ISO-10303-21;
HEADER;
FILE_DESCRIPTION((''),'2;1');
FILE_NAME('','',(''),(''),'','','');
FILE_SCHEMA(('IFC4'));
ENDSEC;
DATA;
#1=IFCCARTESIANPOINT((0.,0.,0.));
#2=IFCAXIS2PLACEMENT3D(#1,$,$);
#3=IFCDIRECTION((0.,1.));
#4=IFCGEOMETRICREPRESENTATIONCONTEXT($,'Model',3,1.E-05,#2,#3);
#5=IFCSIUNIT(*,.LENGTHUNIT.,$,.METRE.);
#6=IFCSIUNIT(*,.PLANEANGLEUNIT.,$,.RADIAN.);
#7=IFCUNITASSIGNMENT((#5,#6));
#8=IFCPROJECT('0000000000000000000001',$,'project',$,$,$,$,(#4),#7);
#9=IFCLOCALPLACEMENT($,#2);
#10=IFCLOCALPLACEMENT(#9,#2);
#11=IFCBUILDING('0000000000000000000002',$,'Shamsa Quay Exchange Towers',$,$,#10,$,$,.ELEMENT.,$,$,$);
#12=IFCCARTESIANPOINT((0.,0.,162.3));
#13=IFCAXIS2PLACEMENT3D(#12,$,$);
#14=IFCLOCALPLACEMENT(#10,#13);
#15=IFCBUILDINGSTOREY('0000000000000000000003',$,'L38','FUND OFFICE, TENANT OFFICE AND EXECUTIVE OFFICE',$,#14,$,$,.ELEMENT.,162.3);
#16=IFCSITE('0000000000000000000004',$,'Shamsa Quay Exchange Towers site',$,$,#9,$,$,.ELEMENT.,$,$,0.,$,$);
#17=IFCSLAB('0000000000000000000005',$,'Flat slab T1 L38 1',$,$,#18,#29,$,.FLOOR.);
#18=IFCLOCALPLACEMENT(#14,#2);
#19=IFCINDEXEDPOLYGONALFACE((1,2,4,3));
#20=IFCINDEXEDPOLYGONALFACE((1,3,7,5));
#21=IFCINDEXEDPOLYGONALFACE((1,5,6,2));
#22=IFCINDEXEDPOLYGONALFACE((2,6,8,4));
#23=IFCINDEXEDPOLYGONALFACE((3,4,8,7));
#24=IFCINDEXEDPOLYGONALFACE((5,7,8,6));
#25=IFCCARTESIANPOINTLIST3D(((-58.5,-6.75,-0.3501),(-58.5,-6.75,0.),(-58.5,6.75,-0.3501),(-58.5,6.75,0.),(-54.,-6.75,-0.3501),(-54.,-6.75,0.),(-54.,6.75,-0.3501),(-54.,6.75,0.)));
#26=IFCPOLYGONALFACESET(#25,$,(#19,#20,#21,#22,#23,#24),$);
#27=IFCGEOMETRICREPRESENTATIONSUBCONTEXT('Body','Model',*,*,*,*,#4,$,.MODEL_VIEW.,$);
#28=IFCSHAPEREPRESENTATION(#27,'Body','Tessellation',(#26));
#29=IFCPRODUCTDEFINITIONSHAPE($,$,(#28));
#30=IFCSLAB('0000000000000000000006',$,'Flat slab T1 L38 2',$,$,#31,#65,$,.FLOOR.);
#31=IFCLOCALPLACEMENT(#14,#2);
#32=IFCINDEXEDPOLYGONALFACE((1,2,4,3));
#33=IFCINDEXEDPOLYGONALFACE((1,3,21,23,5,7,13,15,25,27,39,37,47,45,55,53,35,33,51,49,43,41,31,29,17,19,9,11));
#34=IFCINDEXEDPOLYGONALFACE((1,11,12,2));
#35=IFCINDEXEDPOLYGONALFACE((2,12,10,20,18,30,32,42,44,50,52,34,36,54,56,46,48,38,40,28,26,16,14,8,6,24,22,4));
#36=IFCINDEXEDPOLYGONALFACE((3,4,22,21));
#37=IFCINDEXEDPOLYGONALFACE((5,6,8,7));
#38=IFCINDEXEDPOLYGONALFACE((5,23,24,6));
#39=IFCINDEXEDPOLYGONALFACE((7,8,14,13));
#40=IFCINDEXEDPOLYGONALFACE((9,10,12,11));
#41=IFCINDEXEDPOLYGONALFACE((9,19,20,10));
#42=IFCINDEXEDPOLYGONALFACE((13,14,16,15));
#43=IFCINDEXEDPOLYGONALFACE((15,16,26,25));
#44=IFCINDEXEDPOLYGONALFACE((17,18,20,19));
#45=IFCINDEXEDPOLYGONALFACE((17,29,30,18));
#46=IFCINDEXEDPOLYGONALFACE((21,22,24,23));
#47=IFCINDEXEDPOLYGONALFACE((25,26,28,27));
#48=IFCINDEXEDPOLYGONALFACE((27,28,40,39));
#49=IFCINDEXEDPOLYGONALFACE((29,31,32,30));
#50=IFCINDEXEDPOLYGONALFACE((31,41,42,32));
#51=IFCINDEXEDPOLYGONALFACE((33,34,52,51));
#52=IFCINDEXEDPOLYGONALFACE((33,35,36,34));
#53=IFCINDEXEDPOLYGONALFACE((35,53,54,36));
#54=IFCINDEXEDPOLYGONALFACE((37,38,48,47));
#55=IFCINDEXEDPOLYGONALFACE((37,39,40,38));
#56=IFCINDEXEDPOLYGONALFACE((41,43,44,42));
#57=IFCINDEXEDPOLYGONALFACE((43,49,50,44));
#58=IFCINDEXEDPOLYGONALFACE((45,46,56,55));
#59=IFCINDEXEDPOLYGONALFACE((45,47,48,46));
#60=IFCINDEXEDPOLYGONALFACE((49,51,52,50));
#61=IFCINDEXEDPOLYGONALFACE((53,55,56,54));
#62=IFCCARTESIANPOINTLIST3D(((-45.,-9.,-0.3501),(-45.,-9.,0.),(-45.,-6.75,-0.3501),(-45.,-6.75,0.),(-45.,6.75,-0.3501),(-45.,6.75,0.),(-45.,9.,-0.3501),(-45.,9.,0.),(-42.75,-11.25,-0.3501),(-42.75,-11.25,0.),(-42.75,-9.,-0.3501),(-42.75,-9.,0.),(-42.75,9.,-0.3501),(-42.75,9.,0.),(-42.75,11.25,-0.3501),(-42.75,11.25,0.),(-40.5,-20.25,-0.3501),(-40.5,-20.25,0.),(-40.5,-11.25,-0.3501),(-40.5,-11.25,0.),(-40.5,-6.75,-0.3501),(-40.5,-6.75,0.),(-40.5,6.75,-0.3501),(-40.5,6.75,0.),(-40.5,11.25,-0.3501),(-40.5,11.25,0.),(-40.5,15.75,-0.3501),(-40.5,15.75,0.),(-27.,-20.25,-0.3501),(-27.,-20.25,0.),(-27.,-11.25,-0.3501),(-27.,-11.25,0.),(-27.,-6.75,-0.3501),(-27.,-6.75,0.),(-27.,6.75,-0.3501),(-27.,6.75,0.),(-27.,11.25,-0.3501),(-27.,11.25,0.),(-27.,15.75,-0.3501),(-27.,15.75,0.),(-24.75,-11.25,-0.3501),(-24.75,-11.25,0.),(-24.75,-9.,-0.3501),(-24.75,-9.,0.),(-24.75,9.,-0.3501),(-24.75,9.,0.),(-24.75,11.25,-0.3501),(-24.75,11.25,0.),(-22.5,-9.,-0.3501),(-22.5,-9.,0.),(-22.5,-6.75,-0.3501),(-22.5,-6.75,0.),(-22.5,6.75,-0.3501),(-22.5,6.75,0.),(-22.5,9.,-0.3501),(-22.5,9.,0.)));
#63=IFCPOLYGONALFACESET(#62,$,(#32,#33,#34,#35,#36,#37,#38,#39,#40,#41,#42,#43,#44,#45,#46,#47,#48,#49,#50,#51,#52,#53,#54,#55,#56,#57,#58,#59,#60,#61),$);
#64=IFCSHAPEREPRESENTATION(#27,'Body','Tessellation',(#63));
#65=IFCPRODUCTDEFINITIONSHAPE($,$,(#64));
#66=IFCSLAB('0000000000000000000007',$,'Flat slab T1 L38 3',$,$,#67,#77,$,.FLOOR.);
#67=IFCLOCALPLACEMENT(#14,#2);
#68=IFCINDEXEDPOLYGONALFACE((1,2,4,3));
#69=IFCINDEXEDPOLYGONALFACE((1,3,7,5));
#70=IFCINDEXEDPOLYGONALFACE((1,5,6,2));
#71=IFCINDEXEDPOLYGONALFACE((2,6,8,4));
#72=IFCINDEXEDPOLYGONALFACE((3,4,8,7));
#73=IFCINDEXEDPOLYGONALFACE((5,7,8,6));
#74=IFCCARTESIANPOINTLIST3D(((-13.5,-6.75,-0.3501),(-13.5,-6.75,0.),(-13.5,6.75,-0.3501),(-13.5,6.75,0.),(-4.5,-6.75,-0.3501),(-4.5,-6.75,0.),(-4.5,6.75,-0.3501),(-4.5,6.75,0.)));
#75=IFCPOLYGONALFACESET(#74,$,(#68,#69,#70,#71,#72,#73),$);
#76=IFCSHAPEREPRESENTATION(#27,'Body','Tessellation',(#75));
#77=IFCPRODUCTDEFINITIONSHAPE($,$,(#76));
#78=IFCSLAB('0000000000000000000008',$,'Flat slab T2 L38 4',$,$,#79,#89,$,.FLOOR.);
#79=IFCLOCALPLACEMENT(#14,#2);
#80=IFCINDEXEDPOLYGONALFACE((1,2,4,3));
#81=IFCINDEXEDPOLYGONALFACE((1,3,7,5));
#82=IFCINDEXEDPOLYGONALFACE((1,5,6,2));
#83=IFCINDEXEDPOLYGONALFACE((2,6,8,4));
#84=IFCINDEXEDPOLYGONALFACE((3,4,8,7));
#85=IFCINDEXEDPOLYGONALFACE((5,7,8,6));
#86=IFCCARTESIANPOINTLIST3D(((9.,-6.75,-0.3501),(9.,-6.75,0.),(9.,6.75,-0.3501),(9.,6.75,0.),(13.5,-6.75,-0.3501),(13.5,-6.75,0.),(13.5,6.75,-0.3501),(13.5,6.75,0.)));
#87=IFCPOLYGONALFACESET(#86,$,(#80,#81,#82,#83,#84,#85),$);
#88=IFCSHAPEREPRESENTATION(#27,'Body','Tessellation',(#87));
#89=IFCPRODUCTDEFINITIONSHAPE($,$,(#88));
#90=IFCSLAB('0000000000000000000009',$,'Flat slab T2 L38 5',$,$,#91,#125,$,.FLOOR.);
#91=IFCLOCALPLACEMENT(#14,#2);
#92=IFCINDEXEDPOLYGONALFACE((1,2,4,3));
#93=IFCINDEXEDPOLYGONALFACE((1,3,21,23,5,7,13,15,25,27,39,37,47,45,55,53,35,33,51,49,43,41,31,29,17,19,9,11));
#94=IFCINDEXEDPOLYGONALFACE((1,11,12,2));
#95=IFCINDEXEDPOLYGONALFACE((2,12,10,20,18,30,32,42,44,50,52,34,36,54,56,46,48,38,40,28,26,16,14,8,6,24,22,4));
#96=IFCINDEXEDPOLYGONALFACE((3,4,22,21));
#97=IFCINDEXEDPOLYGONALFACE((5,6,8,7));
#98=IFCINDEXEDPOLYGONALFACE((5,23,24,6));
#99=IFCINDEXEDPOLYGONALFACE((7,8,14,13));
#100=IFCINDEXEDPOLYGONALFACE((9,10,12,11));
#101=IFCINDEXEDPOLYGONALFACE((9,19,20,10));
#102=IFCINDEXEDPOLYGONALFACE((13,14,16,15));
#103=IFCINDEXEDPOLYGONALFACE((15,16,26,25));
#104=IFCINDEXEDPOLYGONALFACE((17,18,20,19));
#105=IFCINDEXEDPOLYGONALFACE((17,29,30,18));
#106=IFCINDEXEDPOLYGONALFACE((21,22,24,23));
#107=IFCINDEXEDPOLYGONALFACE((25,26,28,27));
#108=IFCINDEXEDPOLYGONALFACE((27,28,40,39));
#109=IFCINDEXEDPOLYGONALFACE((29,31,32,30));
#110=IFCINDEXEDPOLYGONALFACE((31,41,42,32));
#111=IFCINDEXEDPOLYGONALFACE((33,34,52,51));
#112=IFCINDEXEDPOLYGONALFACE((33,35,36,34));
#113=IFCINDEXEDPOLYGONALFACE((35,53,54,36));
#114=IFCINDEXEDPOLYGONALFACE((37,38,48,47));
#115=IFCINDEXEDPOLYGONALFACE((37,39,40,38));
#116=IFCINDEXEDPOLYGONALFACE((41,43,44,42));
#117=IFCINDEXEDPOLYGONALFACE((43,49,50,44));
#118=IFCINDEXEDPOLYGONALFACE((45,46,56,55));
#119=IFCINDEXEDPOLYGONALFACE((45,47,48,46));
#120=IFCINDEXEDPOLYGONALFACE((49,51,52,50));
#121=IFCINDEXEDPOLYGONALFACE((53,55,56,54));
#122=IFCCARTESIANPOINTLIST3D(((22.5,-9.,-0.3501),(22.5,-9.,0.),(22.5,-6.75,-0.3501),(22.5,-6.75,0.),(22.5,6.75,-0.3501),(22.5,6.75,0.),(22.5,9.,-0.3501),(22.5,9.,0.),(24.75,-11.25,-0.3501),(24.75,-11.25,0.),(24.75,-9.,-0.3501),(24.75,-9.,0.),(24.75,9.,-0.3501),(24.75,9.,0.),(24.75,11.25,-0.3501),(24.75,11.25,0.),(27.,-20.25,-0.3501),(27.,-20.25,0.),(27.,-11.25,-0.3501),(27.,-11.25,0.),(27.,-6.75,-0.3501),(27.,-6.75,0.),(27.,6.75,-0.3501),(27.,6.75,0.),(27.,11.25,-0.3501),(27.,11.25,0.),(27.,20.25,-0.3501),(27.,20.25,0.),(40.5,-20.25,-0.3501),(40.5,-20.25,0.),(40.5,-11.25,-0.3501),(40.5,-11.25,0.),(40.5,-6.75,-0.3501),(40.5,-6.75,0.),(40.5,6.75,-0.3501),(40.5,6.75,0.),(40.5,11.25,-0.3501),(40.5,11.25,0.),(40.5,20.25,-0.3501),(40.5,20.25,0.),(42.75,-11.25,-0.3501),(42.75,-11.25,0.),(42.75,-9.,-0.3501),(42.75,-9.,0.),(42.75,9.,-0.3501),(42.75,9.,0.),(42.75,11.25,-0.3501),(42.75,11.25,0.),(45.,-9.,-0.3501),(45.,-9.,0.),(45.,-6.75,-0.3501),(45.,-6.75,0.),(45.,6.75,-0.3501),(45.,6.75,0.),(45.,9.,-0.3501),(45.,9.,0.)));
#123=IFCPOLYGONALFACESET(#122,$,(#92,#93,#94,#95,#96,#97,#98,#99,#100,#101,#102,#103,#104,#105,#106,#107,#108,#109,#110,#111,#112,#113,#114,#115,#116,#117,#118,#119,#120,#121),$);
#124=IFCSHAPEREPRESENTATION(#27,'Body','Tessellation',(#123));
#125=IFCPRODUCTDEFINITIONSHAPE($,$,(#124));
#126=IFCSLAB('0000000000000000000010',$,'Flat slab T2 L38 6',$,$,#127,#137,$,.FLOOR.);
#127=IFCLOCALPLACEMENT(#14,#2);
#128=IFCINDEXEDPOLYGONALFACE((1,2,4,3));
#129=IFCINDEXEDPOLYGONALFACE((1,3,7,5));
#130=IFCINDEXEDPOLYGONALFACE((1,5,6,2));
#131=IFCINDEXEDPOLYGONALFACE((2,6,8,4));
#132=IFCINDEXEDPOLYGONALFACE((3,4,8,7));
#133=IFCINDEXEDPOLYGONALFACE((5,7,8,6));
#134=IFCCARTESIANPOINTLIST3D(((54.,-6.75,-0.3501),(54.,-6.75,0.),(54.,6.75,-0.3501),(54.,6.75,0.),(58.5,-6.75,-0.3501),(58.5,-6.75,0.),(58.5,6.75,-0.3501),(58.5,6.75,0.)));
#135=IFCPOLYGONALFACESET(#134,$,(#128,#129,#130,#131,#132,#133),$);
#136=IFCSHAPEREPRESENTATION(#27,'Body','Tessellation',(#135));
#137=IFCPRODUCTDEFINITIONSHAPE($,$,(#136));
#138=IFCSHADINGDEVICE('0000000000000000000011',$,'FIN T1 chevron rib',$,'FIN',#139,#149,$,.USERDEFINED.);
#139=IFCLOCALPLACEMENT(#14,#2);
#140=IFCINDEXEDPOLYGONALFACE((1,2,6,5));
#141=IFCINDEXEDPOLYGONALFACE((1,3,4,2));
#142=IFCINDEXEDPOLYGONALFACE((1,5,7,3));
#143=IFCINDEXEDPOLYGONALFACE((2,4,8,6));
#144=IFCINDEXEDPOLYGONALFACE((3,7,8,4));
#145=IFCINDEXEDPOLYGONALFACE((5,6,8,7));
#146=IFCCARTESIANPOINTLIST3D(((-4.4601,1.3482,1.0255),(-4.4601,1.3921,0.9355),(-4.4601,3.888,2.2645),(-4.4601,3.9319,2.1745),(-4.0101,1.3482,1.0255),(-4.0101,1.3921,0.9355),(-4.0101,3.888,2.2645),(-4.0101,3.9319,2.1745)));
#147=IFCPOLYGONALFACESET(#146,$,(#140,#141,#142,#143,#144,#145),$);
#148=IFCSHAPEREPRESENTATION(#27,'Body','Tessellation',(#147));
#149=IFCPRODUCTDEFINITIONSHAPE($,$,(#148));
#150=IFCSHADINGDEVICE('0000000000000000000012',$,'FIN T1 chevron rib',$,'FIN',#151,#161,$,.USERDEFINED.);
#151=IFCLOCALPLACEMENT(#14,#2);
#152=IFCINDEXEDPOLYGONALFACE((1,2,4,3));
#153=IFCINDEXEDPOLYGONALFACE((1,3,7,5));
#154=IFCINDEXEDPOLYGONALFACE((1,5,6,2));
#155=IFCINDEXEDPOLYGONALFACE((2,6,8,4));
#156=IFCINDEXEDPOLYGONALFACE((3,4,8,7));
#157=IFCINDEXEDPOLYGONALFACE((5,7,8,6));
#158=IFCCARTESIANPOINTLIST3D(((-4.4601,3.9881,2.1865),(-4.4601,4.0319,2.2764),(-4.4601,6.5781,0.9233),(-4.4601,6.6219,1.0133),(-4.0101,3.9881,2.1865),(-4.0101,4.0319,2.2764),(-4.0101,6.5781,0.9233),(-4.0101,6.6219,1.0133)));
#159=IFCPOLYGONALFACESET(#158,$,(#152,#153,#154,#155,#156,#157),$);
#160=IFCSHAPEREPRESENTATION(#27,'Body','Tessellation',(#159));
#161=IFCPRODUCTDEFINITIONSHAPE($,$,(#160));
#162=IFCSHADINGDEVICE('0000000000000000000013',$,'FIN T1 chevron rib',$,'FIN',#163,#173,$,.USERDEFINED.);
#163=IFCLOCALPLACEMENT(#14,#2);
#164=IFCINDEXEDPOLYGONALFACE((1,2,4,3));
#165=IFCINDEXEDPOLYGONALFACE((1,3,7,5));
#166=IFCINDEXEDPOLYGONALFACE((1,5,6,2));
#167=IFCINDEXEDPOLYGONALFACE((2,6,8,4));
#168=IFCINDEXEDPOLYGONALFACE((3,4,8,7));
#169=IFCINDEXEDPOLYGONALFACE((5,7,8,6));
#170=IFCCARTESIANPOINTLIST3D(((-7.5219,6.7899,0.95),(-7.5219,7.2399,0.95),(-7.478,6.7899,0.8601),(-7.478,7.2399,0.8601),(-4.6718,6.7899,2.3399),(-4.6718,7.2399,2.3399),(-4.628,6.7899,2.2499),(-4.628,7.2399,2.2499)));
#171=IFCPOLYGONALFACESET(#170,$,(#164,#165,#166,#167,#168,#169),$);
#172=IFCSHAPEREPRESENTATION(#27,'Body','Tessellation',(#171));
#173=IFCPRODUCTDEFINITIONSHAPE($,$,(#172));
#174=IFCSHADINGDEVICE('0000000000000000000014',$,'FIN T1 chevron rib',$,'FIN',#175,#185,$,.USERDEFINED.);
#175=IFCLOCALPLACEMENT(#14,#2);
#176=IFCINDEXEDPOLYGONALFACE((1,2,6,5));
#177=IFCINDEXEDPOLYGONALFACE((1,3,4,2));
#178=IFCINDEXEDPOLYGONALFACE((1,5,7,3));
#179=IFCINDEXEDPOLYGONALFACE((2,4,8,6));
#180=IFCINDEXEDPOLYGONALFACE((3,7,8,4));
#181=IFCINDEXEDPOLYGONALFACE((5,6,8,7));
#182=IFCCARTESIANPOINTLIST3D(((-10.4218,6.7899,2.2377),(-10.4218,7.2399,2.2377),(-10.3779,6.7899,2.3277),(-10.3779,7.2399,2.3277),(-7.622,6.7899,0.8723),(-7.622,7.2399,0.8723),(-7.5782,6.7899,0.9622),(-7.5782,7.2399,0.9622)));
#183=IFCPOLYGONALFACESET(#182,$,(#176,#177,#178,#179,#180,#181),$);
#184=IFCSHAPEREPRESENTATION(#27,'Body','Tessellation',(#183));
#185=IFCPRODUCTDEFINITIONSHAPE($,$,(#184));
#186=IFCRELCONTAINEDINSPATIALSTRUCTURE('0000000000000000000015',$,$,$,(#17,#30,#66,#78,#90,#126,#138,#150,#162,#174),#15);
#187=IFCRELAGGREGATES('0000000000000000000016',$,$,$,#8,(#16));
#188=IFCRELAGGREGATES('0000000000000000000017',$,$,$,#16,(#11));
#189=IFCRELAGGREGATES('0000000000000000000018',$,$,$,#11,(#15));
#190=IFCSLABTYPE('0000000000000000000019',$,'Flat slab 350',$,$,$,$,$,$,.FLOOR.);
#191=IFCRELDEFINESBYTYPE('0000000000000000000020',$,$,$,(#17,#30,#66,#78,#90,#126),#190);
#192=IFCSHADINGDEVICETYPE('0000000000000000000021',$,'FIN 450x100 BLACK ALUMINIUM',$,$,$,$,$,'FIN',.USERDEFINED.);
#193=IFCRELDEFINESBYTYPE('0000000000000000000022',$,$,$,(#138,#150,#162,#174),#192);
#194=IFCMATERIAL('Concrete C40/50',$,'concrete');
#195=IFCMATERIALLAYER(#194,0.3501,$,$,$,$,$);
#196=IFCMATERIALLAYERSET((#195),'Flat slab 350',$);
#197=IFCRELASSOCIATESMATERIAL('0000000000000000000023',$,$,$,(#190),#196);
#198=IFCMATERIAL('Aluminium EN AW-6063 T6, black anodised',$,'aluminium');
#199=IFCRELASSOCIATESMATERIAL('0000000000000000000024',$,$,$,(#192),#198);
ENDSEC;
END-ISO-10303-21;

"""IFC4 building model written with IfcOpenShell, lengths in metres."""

from ifc_helpers import new_model, si_unit, direction, frame, origin, origin_2d, place, context, subcontext, project, spatial, polyline, rectangle, outline, extrude, material, layer, layer_set, material_profile, profile_set, type_object, element, save


model = new_model("IFC4")

# Units and contexts
model_context = context("Model", 3, precision=1e-05, world=origin(), true_north=direction((0.0, 1.0)))
body_context = subcontext(model_context, "Body", "Model", "MODEL_VIEW")
ifc_project = project(units=[si_unit("LENGTHUNIT", "METRE"), si_unit("PLANEANGLEUNIT", "RADIAN")], contexts=[model_context])

# Site, building, storey
site_placement = place(None, origin())
site = spatial("IfcSite", under=ifc_project, at=site_placement, Name="Shamsa Quay Exchange Towers site", CompositionType="ELEMENT", RefElevation=0.0)
building_placement = place(site_placement, origin())
building = spatial("IfcBuilding", under=site, at=building_placement, Name="Shamsa Quay Exchange Towers", CompositionType="ELEMENT")
storey_placement = place(building_placement, frame((0.0, 0.0, 162.3)))
storey = spatial("IfcBuildingStorey", under=building, at=storey_placement, Name="L38", Description="FUND OFFICE, TENANT OFFICE AND EXECUTIVE OFFICE", CompositionType="ELEMENT", Elevation=162.3)

# Shared definitions
ifc_material_1 = material(Name="Aluminium EN AW-6063 T6, black anodised", Category="aluminium")

# Shared definitions
ifc_material_2 = material(Name="Concrete C40/50", Category="concrete")

# Slabs
ifc_layer_1 = layer(ifc_material_2, 0.3501)
ifc_layer_set_1 = layer_set([ifc_layer_1], Name="Flat slab 350")
slab_type_1 = type_object("IfcSlabType", Name="Flat slab 350", PredefinedType="FLOOR", material=ifc_layer_set_1)
slab_1_placement = place(storey_placement, frame((0.0, 0.0, -0.3501)))
element("IfcSlab", 1, at=slab_1_placement, inside=storey, type_object=slab_type_1, Name="Flat slab T1 L38 1", PredefinedType="FLOOR", context=body_context, shape_type="SweptSolid", body=[
    extrude(outline(polyline([(-58.5, -6.75), (-54.0, -6.75), (-54.0, 6.75), (-58.5, 6.75), (-58.5, -6.75)])), origin(), (0.0, 0.0, 1.0), 0.3501),
])
slab_2_placement = place(storey_placement, frame((0.0, 0.0, -0.3501)))
element("IfcSlab", 2, at=slab_2_placement, inside=storey, type_object=slab_type_1, Name="Flat slab T1 L38 2", PredefinedType="FLOOR", context=body_context, shape_type="SweptSolid", body=[
    extrude(outline(polyline([(-22.5, -9.0), (-22.5, -6.75), (-27.0, -6.75), (-27.0, 6.75), (-22.5, 6.75), (-22.5, 9.0), (-24.75, 9.0), (-24.75, 11.25), (-27.0, 11.25), (-27.0, 15.75), (-40.5, 15.75), (-40.5, 11.25), (-42.75, 11.25), (-42.75, 9.0), (-45.0, 9.0), (-45.0, 6.75), (-40.5, 6.75), (-40.5, -6.75), (-45.0, -6.75), (-45.0, -9.0), (-42.75, -9.0), (-42.75, -11.25), (-40.5, -11.25), (-40.5, -20.25), (-27.0, -20.25), (-27.0, -11.25), (-24.75, -11.25), (-24.75, -9.0), (-22.5, -9.0)])), origin(), (0.0, 0.0, 1.0), 0.3501),
])
slab_3_placement = place(storey_placement, frame((0.0, 0.0, -0.3501)))
element("IfcSlab", 3, at=slab_3_placement, inside=storey, type_object=slab_type_1, Name="Flat slab T1 L38 3", PredefinedType="FLOOR", context=body_context, shape_type="SweptSolid", body=[
    extrude(outline(polyline([(-4.5, 6.75), (-13.5, 6.75), (-13.5, -6.75), (-4.5, -6.75), (-4.5, 6.75)])), origin(), (0.0, 0.0, 1.0), 0.3501),
])
slab_4_placement = place(storey_placement, frame((0.0, 0.0, -0.3501)))
element("IfcSlab", 4, at=slab_4_placement, inside=storey, type_object=slab_type_1, Name="Flat slab T2 L38 4", PredefinedType="FLOOR", context=body_context, shape_type="SweptSolid", body=[
    extrude(outline(polyline([(9.0, -6.75), (13.5, -6.75), (13.5, 6.75), (9.0, 6.75), (9.0, -6.75)])), origin(), (0.0, 0.0, 1.0), 0.3501),
])
slab_5_placement = place(storey_placement, frame((0.0, 0.0, -0.3501)))
element("IfcSlab", 5, at=slab_5_placement, inside=storey, type_object=slab_type_1, Name="Flat slab T2 L38 5", PredefinedType="FLOOR", context=body_context, shape_type="SweptSolid", body=[
    extrude(outline(polyline([(45.0, -9.0), (45.0, -6.75), (40.5, -6.75), (40.5, 6.75), (45.0, 6.75), (45.0, 9.0), (42.75, 9.0), (42.75, 11.25), (40.5, 11.25), (40.5, 20.25), (27.0, 20.25), (27.0, 11.25), (24.75, 11.25), (24.75, 9.0), (22.5, 9.0), (22.5, 6.75), (27.0, 6.75), (27.0, -6.75), (22.5, -6.75), (22.5, -9.0), (24.75, -9.0), (24.75, -11.25), (27.0, -11.25), (27.0, -20.25), (40.5, -20.25), (40.5, -11.25), (42.75, -11.25), (42.75, -9.0), (45.0, -9.0)])), origin(), (0.0, 0.0, 1.0), 0.3501),
])
slab_6_placement = place(storey_placement, frame((0.0, 0.0, -0.3501)))
element("IfcSlab", 6, at=slab_6_placement, inside=storey, type_object=slab_type_1, Name="Flat slab T2 L38 6", PredefinedType="FLOOR", context=body_context, shape_type="SweptSolid", body=[
    extrude(outline(polyline([(58.5, 6.75), (54.0, 6.75), (54.0, -6.75), (58.5, -6.75), (58.5, 6.75)])), origin(), (0.0, 0.0, 1.0), 0.3501),
])

# Shading devices
ifc_material_profile_1 = material_profile(ifc_material_1, rectangle(XDim=0.45, YDim=0.1001, at=origin_2d()), Name="FIN450x100")
ifc_profile_set_1 = profile_set([ifc_material_profile_1], Name="Aluminium EN AW-6063 T6, black anodised")
shading_device_type = type_object("IfcShadingDeviceType", Name="FIN 450x100 BLACK ALUMINIUM", ElementType="FIN", PredefinedType="USERDEFINED", material=ifc_profile_set_1)
shading_device_1_placement = place(storey_placement, frame((-4.2351, 1.3701, 0.9805), z_axis=(0.0, 0.898756, 0.438449), x_axis=(-1.0, 0.0, 0.0)))
element("IfcShadingDevice", 7, at=shading_device_1_placement, inside=storey, type_object=shading_device_type, Name="FIN T1 chevron rib", ObjectType="FIN", PredefinedType="USERDEFINED", context=body_context, shape_type="SweptSolid", body=[
    extrude(rectangle(XDim=0.45, YDim=0.1001, at=origin_2d()), origin(), (0.0, 0.0, 1.0), 2.8259),
])
shading_device_2_placement = place(storey_placement, frame((-4.2351, 4.01, 2.2314), z_axis=(0.0, 0.898806, -0.438347), x_axis=(-1.0, 0.0, 0.0)))
element("IfcShadingDevice", 8, at=shading_device_2_placement, inside=storey, type_object=shading_device_type, Name="FIN T1 chevron rib", ObjectType="FIN", PredefinedType="USERDEFINED", context=body_context, shape_type="SweptSolid", body=[
    extrude(rectangle(XDim=0.45, YDim=0.1001, at=origin_2d()), origin(), (0.0, 0.0, 1.0), 2.8816),
])
shading_device_3_placement = place(storey_placement, frame((-4.6499, 7.0149, 2.2949), z_axis=(-0.898818, 0.0, -0.438322), x_axis=(0.0, -1.0, 0.0)))
element("IfcShadingDevice", 9, at=shading_device_3_placement, inside=storey, type_object=shading_device_type, Name="FIN T1 chevron rib", ObjectType="FIN", PredefinedType="USERDEFINED", context=body_context, shape_type="SweptSolid", body=[
    extrude(rectangle(XDim=0.45, YDim=0.1001, at=origin_2d()), origin(), (0.0, 0.0, 1.0), 3.1709),
])
shading_device_4_placement = place(storey_placement, frame((-7.6001, 7.0149, 0.9172), z_axis=(-0.898804, 0.0, 0.438351), x_axis=(0.0, -1.0, 0.0)))
element("IfcShadingDevice", 10, at=shading_device_4_placement, inside=storey, type_object=shading_device_type, Name="FIN T1 chevron rib", ObjectType="FIN", PredefinedType="USERDEFINED", context=body_context, shape_type="SweptSolid", body=[
    extrude(rectangle(XDim=0.45, YDim=0.1001, at=origin_2d()), origin(), (0.0, 0.0, 1.0), 3.115),
])

save(model, "model.ifc")
